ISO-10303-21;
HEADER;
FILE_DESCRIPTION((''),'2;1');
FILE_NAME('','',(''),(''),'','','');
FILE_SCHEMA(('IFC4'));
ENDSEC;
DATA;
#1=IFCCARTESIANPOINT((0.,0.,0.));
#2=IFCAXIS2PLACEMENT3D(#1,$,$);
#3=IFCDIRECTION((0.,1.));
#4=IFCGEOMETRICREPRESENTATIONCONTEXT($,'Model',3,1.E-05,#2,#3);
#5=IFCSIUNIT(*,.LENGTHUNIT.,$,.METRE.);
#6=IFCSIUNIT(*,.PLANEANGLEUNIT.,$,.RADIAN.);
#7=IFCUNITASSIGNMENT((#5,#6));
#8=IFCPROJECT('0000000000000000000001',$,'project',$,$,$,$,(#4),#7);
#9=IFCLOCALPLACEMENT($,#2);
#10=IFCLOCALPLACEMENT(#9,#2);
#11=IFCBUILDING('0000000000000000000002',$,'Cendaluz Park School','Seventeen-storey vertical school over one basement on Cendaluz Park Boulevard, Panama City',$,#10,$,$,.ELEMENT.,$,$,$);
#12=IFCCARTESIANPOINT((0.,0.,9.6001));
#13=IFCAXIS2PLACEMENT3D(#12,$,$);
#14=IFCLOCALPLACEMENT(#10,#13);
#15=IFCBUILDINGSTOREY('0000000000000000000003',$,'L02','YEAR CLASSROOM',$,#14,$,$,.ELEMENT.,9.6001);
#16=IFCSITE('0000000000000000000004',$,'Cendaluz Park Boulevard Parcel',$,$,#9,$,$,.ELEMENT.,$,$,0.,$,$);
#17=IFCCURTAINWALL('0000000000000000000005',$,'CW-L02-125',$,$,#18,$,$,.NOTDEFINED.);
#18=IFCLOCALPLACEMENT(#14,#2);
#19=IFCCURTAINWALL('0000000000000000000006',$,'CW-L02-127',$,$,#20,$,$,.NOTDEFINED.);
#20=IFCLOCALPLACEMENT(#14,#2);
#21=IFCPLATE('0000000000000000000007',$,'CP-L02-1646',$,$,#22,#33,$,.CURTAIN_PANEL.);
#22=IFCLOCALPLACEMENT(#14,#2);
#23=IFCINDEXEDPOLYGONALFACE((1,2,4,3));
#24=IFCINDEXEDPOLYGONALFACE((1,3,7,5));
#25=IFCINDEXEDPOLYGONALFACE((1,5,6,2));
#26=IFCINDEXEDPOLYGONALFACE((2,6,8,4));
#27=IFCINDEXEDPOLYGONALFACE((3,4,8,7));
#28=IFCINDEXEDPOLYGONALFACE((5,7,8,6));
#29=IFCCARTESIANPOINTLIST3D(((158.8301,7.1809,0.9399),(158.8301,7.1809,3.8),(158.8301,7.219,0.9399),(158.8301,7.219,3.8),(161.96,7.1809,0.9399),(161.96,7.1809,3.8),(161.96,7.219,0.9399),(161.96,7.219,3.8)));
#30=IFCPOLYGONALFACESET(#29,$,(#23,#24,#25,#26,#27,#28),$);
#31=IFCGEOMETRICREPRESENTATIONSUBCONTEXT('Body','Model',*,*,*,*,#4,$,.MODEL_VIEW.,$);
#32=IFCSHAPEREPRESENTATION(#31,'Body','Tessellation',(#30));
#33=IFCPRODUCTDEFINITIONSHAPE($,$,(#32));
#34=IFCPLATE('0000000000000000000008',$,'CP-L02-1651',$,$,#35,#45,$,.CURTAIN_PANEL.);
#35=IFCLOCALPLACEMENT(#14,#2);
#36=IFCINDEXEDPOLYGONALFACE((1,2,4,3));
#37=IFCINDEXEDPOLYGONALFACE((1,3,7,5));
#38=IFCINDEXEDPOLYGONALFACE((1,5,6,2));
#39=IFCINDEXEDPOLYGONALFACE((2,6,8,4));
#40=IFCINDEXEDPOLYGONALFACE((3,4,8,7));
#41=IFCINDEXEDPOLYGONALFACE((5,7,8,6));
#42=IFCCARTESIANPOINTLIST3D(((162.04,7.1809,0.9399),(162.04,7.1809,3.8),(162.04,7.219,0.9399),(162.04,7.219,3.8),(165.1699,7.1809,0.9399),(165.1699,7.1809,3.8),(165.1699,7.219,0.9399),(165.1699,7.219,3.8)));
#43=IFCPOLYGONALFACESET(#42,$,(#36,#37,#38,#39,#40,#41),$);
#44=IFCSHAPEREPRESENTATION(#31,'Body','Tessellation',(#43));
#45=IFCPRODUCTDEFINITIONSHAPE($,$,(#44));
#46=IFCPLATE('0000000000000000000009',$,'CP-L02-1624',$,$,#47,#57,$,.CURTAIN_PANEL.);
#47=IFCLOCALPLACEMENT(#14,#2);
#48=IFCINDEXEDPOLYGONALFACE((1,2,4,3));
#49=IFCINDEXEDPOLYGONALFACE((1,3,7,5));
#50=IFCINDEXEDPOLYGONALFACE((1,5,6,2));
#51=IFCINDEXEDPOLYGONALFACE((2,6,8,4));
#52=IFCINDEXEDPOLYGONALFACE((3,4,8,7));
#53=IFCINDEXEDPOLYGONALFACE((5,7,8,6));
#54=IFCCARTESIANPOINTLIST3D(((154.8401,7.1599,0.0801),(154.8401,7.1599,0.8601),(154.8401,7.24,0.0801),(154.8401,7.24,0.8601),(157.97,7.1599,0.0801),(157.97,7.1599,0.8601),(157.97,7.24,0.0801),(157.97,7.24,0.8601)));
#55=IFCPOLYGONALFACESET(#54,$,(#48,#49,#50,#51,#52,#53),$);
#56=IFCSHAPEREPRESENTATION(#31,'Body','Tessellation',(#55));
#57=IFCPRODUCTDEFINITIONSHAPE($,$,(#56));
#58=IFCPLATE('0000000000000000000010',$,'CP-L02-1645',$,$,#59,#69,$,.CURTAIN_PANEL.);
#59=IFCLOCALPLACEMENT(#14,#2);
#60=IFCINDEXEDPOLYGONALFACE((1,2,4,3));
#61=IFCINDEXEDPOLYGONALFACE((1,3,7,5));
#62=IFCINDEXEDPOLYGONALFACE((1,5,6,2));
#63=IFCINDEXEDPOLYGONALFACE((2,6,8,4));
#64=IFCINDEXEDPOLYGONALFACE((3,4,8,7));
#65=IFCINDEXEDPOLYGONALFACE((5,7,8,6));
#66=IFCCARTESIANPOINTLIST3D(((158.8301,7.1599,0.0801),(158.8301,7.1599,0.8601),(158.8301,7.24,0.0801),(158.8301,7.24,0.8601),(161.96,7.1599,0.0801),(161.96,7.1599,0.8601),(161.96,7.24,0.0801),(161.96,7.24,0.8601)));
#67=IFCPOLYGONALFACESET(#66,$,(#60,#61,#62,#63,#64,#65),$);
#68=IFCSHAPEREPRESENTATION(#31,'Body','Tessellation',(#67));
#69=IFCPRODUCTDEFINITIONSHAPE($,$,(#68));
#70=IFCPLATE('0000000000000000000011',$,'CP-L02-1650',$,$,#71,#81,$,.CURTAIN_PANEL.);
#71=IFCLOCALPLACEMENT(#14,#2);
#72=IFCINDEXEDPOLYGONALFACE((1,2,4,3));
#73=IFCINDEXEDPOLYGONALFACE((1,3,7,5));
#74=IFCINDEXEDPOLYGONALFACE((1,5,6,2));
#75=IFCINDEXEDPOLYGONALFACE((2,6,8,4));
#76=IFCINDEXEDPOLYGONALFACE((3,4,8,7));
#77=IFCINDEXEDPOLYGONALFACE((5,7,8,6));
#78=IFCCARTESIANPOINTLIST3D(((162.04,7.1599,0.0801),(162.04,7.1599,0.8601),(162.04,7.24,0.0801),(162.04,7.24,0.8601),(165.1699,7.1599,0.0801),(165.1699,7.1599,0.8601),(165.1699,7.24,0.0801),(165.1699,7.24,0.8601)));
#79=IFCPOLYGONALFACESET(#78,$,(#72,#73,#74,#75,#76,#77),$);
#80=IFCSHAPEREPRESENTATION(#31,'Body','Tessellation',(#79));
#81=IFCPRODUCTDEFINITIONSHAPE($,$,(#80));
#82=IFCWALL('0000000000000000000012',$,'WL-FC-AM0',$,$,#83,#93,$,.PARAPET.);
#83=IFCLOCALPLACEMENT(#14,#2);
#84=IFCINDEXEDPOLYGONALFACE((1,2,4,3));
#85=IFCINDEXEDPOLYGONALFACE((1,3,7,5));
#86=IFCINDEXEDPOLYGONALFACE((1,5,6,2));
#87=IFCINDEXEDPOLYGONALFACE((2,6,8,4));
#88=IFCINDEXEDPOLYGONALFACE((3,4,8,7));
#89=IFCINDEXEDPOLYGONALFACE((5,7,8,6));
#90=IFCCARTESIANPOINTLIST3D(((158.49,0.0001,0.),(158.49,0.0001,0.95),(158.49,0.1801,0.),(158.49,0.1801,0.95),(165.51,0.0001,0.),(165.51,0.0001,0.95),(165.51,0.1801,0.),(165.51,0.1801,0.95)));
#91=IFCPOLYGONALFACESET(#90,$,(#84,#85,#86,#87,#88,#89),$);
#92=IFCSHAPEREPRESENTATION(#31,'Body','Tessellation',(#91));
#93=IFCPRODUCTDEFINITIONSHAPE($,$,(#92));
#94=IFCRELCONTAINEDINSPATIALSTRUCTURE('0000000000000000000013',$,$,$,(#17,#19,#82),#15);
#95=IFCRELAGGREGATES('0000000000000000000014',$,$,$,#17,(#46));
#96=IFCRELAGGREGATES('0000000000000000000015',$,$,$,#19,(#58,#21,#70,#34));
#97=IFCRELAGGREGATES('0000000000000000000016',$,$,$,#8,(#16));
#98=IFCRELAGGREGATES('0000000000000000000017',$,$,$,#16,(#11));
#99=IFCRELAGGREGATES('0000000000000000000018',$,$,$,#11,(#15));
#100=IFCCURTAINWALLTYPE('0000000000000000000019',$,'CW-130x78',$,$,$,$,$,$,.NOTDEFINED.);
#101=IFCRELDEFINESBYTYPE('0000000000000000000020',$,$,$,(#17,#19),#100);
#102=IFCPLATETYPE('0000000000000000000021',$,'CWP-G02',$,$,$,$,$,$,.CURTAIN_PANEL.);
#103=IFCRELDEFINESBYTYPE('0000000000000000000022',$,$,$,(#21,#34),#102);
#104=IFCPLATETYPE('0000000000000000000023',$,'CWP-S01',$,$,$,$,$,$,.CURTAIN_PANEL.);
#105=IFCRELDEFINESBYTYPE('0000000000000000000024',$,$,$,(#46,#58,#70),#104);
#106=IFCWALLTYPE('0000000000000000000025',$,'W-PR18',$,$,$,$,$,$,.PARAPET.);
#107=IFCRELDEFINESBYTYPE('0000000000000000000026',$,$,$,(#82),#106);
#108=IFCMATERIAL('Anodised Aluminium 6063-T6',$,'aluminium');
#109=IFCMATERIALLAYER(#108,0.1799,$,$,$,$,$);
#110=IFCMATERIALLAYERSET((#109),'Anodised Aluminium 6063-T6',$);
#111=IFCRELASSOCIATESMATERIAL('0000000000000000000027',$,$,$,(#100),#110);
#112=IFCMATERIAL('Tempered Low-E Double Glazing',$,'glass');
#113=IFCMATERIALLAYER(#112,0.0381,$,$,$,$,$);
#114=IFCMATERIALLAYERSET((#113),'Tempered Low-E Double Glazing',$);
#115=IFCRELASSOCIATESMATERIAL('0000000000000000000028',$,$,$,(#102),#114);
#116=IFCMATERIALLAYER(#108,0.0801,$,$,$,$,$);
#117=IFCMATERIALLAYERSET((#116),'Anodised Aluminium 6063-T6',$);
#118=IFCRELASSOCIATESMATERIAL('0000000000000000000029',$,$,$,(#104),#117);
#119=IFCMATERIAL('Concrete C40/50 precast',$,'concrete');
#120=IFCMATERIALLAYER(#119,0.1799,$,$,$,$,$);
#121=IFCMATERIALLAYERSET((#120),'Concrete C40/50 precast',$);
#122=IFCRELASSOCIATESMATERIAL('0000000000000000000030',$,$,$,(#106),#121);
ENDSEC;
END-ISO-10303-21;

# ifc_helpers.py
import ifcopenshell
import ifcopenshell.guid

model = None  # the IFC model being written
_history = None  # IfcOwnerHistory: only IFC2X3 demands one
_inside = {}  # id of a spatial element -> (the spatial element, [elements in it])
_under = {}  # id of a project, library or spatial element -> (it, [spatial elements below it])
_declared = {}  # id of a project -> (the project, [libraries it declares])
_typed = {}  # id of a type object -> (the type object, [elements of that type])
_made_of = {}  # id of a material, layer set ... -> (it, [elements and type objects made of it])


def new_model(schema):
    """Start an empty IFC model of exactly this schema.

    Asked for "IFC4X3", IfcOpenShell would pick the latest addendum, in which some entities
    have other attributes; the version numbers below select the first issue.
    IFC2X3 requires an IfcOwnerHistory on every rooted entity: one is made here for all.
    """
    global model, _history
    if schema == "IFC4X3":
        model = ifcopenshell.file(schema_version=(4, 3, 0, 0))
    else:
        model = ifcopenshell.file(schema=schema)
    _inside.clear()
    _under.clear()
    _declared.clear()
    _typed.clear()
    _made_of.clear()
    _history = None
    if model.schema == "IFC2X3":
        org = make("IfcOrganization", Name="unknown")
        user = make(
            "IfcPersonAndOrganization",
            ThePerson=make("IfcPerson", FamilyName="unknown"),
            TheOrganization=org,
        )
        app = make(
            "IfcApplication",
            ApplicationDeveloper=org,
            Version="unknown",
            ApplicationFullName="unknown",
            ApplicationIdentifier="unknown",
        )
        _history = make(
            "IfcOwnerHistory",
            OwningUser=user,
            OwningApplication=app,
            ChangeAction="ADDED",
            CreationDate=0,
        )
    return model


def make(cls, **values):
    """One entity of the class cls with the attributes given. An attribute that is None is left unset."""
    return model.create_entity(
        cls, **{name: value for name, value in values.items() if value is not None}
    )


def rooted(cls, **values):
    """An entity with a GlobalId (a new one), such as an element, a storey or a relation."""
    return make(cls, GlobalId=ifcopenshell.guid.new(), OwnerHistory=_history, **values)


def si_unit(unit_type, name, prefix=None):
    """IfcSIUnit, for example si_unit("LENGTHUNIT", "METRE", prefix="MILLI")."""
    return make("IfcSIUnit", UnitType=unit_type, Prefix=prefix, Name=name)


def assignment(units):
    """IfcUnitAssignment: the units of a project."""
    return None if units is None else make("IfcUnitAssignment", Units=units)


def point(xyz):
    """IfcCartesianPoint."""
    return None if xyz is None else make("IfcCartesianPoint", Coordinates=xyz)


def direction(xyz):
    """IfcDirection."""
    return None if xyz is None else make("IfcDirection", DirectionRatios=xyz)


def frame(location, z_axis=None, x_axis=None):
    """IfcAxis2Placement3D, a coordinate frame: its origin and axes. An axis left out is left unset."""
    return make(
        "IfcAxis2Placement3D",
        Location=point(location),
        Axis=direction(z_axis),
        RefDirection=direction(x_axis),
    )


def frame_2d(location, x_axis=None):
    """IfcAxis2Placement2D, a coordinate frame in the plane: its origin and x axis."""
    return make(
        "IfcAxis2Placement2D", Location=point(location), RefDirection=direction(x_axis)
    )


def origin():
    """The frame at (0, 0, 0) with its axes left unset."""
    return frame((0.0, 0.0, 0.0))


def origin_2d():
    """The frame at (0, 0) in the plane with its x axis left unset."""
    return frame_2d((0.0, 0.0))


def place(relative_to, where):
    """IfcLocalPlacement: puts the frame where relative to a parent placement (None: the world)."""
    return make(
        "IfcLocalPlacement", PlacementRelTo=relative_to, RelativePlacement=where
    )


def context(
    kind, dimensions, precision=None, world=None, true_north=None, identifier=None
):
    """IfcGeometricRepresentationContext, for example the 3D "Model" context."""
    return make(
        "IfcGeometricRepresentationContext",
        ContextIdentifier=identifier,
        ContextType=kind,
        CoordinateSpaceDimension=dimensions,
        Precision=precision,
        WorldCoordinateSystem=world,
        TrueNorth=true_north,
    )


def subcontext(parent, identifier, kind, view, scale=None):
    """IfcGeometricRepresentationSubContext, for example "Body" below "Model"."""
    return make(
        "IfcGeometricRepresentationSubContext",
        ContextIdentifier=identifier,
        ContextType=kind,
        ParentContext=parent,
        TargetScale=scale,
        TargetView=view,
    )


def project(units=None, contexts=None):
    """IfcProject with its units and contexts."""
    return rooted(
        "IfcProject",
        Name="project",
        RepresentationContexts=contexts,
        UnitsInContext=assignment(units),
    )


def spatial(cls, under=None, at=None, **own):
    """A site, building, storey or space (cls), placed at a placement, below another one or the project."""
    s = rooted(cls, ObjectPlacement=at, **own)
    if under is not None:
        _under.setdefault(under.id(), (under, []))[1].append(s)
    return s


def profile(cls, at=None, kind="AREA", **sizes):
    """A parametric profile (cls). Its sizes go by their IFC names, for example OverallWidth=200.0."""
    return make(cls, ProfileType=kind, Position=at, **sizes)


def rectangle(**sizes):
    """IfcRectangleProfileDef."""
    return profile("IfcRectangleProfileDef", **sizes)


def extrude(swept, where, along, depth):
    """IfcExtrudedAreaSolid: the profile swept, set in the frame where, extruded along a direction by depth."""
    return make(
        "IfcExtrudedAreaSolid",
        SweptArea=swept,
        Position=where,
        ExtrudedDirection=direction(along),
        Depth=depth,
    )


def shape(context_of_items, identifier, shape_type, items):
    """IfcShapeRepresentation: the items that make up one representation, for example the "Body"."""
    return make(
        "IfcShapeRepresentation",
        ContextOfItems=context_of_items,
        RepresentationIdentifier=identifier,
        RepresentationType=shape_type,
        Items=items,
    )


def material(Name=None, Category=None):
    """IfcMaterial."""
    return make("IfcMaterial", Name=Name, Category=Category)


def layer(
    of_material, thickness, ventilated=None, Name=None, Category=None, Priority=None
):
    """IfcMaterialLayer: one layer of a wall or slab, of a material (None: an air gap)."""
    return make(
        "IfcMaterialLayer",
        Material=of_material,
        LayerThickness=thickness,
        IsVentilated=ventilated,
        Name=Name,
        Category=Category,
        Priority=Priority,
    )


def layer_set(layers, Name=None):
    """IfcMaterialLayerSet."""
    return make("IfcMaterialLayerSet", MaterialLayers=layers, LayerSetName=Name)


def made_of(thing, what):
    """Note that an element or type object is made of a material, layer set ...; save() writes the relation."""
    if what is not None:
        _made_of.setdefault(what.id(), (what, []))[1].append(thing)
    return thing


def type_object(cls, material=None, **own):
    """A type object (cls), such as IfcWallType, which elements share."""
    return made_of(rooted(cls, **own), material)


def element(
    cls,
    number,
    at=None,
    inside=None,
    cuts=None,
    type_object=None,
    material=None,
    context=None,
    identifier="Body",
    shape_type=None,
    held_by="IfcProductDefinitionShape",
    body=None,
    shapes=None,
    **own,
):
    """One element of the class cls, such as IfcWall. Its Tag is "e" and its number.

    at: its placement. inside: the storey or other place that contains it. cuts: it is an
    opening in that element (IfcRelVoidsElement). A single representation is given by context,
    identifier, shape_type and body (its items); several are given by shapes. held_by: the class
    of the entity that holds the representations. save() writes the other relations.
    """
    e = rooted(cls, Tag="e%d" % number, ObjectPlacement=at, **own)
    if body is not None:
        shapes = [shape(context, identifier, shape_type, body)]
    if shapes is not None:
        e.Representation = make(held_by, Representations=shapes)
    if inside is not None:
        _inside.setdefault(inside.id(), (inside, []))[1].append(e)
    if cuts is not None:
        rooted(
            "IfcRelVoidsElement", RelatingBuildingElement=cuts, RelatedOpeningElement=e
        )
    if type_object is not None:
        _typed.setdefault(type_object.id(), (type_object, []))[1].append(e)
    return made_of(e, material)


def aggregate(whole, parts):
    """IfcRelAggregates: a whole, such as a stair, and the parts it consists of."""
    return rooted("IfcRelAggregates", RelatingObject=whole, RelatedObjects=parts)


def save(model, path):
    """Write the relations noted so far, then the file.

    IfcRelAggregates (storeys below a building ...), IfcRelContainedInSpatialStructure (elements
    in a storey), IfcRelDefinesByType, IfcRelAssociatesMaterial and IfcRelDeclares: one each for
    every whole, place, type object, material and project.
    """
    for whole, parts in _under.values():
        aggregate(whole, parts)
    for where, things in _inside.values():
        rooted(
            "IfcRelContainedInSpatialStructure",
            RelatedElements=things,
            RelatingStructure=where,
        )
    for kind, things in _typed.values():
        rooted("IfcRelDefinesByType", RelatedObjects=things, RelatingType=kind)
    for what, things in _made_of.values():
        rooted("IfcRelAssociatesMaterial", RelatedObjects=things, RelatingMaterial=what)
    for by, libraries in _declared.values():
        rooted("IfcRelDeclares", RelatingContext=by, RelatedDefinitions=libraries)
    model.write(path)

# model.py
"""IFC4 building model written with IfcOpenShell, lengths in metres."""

from ifc_helpers import new_model, si_unit, direction, frame, frame_2d, origin, origin_2d, place, context, subcontext, project, spatial, rectangle, extrude, material, layer, layer_set, type_object, element, aggregate, save


model = new_model("IFC4")

# Units and contexts
model_context = context("Model", 3, precision=1e-05, world=origin(), true_north=direction((0.0, 1.0)))
body_context = subcontext(model_context, "Body", "Model", "MODEL_VIEW")
ifc_project = project(units=[si_unit("LENGTHUNIT", "METRE"), si_unit("PLANEANGLEUNIT", "RADIAN")], contexts=[model_context])

# Site, building, storey
site_placement = place(None, origin())
site = spatial("IfcSite", under=ifc_project, at=site_placement, Name="Cendaluz Park Boulevard Parcel", CompositionType="ELEMENT", RefElevation=0.0)
building_placement = place(site_placement, origin())
building = spatial("IfcBuilding", under=site, at=building_placement, Name="Cendaluz Park School", Description="Seventeen-storey vertical school over one basement on Cendaluz Park Boulevard, Panama City", CompositionType="ELEMENT")
storey_placement = place(building_placement, frame((0.0, 0.0, 9.6001)))
storey = spatial("IfcBuildingStorey", under=building, at=storey_placement, Name="L02", Description="YEAR CLASSROOM", CompositionType="ELEMENT", Elevation=9.6001)

# Curtain wall
ifc_material_1 = material(Name="Anodised Aluminium 6063-T6", Category="aluminium")
ifc_layer_1 = layer(ifc_material_1, 0.1799)
ifc_layer_set_1 = layer_set([ifc_layer_1], Name="Anodised Aluminium 6063-T6")
curtain_wall_type = type_object("IfcCurtainWallType", Name="CW-130x78", PredefinedType="NOTDEFINED", material=ifc_layer_set_1)
curtain_wall_1_placement = place(storey_placement, origin())
curtain_wall_1 = element("IfcCurtainWall", 1, at=curtain_wall_1_placement, inside=storey, type_object=curtain_wall_type, Name="CW-L02-125", PredefinedType="NOTDEFINED")

# Curtain wall
curtain_wall_2_placement = place(storey_placement, origin())
curtain_wall_2 = element("IfcCurtainWall", 2, at=curtain_wall_2_placement, inside=storey, type_object=curtain_wall_type, Name="CW-L02-127", PredefinedType="NOTDEFINED")

# Plates
ifc_material_2 = material(Name="Tempered Low-E Double Glazing", Category="glass")
ifc_layer_2 = layer(ifc_material_2, 0.0381)
ifc_layer_set_2 = layer_set([ifc_layer_2], Name="Tempered Low-E Double Glazing")
plate_type_1 = type_object("IfcPlateType", Name="CWP-G02", PredefinedType="CURTAIN_PANEL", material=ifc_layer_set_2)
plate_1_placement = place(storey_placement, frame((160.395, 7.2, 0.9399), z_axis=(0.0, 0.0, 1.0), x_axis=(1.0, 0.0, 0.0)))
plate_1 = element("IfcPlate", 3, at=plate_1_placement, type_object=plate_type_1, Name="CP-L02-1646", PredefinedType="CURTAIN_PANEL", context=body_context, shape_type="SweptSolid", body=[
    extrude(rectangle(XDim=3.1299, YDim=0.0381, at=origin_2d()), origin(), (0.0, 0.0, 1.0), 2.8601),
])
plate_2_placement = place(storey_placement, frame((163.605, 7.2, 0.9399), z_axis=(0.0, 0.0, 1.0), x_axis=(1.0, 0.0, 0.0)))
plate_2 = element("IfcPlate", 4, at=plate_2_placement, type_object=plate_type_1, Name="CP-L02-1651", PredefinedType="CURTAIN_PANEL", context=body_context, shape_type="SweptSolid", body=[
    extrude(rectangle(XDim=3.1299, YDim=0.0381, at=origin_2d()), origin(), (0.0, 0.0, 1.0), 2.8601),
])
ifc_layer_3 = layer(ifc_material_1, 0.0801)
ifc_layer_set_3 = layer_set([ifc_layer_3], Name="Anodised Aluminium 6063-T6")
plate_type_2 = type_object("IfcPlateType", Name="CWP-S01", PredefinedType="CURTAIN_PANEL", material=ifc_layer_set_3)
plate_3_placement = place(storey_placement, frame((156.405, 7.2, 0.0801), z_axis=(0.0, 0.0, 1.0), x_axis=(1.0, 0.0, 0.0)))
plate_3 = element("IfcPlate", 5, at=plate_3_placement, type_object=plate_type_2, Name="CP-L02-1624", PredefinedType="CURTAIN_PANEL", context=body_context, shape_type="SweptSolid", body=[
    extrude(rectangle(XDim=3.1299, YDim=0.0801, at=origin_2d()), origin(), (0.0, 0.0, 1.0), 0.78),
])
aggregate(curtain_wall_1, [plate_3])
plate_4_placement = place(storey_placement, frame((160.395, 7.2, 0.0801), z_axis=(0.0, 0.0, 1.0), x_axis=(1.0, 0.0, 0.0)))
plate_4 = element("IfcPlate", 6, at=plate_4_placement, type_object=plate_type_2, Name="CP-L02-1645", PredefinedType="CURTAIN_PANEL", context=body_context, shape_type="SweptSolid", body=[
    extrude(rectangle(XDim=3.1299, YDim=0.0801, at=origin_2d()), origin(), (0.0, 0.0, 1.0), 0.78),
])
plate_5_placement = place(storey_placement, frame((163.605, 7.2, 0.0801), z_axis=(0.0, 0.0, 1.0), x_axis=(1.0, 0.0, 0.0)))
plate_5 = element("IfcPlate", 7, at=plate_5_placement, type_object=plate_type_2, Name="CP-L02-1650", PredefinedType="CURTAIN_PANEL", context=body_context, shape_type="SweptSolid", body=[
    extrude(rectangle(XDim=3.1299, YDim=0.0801, at=origin_2d()), origin(), (0.0, 0.0, 1.0), 0.78),
])
aggregate(curtain_wall_2, [plate_4, plate_1, plate_5, plate_2])

# Wall
ifc_material_3 = material(Name="Concrete C40/50 precast", Category="concrete")
ifc_layer_4 = layer(ifc_material_3, 0.1799)
ifc_layer_set_4 = layer_set([ifc_layer_4], Name="Concrete C40/50 precast")
wall_type = type_object("IfcWallType", Name="W-PR18", PredefinedType="PARAPET", material=ifc_layer_set_4)
wall_placement = place(storey_placement, frame((158.49, 0.0901, 0.0), z_axis=(0.0, 0.0, 1.0), x_axis=(1.0, 0.0, 0.0)))
element("IfcWall", 8, at=wall_placement, inside=storey, type_object=wall_type, Name="WL-FC-AM0", PredefinedType="PARAPET", context=body_context, shape_type="SweptSolid", body=[
    extrude(rectangle(XDim=7.02, YDim=0.1799, at=frame_2d((3.51, 0.0))), origin(), (0.0, 0.0, 1.0), 0.95),
])

save(model, "model.ifc")
